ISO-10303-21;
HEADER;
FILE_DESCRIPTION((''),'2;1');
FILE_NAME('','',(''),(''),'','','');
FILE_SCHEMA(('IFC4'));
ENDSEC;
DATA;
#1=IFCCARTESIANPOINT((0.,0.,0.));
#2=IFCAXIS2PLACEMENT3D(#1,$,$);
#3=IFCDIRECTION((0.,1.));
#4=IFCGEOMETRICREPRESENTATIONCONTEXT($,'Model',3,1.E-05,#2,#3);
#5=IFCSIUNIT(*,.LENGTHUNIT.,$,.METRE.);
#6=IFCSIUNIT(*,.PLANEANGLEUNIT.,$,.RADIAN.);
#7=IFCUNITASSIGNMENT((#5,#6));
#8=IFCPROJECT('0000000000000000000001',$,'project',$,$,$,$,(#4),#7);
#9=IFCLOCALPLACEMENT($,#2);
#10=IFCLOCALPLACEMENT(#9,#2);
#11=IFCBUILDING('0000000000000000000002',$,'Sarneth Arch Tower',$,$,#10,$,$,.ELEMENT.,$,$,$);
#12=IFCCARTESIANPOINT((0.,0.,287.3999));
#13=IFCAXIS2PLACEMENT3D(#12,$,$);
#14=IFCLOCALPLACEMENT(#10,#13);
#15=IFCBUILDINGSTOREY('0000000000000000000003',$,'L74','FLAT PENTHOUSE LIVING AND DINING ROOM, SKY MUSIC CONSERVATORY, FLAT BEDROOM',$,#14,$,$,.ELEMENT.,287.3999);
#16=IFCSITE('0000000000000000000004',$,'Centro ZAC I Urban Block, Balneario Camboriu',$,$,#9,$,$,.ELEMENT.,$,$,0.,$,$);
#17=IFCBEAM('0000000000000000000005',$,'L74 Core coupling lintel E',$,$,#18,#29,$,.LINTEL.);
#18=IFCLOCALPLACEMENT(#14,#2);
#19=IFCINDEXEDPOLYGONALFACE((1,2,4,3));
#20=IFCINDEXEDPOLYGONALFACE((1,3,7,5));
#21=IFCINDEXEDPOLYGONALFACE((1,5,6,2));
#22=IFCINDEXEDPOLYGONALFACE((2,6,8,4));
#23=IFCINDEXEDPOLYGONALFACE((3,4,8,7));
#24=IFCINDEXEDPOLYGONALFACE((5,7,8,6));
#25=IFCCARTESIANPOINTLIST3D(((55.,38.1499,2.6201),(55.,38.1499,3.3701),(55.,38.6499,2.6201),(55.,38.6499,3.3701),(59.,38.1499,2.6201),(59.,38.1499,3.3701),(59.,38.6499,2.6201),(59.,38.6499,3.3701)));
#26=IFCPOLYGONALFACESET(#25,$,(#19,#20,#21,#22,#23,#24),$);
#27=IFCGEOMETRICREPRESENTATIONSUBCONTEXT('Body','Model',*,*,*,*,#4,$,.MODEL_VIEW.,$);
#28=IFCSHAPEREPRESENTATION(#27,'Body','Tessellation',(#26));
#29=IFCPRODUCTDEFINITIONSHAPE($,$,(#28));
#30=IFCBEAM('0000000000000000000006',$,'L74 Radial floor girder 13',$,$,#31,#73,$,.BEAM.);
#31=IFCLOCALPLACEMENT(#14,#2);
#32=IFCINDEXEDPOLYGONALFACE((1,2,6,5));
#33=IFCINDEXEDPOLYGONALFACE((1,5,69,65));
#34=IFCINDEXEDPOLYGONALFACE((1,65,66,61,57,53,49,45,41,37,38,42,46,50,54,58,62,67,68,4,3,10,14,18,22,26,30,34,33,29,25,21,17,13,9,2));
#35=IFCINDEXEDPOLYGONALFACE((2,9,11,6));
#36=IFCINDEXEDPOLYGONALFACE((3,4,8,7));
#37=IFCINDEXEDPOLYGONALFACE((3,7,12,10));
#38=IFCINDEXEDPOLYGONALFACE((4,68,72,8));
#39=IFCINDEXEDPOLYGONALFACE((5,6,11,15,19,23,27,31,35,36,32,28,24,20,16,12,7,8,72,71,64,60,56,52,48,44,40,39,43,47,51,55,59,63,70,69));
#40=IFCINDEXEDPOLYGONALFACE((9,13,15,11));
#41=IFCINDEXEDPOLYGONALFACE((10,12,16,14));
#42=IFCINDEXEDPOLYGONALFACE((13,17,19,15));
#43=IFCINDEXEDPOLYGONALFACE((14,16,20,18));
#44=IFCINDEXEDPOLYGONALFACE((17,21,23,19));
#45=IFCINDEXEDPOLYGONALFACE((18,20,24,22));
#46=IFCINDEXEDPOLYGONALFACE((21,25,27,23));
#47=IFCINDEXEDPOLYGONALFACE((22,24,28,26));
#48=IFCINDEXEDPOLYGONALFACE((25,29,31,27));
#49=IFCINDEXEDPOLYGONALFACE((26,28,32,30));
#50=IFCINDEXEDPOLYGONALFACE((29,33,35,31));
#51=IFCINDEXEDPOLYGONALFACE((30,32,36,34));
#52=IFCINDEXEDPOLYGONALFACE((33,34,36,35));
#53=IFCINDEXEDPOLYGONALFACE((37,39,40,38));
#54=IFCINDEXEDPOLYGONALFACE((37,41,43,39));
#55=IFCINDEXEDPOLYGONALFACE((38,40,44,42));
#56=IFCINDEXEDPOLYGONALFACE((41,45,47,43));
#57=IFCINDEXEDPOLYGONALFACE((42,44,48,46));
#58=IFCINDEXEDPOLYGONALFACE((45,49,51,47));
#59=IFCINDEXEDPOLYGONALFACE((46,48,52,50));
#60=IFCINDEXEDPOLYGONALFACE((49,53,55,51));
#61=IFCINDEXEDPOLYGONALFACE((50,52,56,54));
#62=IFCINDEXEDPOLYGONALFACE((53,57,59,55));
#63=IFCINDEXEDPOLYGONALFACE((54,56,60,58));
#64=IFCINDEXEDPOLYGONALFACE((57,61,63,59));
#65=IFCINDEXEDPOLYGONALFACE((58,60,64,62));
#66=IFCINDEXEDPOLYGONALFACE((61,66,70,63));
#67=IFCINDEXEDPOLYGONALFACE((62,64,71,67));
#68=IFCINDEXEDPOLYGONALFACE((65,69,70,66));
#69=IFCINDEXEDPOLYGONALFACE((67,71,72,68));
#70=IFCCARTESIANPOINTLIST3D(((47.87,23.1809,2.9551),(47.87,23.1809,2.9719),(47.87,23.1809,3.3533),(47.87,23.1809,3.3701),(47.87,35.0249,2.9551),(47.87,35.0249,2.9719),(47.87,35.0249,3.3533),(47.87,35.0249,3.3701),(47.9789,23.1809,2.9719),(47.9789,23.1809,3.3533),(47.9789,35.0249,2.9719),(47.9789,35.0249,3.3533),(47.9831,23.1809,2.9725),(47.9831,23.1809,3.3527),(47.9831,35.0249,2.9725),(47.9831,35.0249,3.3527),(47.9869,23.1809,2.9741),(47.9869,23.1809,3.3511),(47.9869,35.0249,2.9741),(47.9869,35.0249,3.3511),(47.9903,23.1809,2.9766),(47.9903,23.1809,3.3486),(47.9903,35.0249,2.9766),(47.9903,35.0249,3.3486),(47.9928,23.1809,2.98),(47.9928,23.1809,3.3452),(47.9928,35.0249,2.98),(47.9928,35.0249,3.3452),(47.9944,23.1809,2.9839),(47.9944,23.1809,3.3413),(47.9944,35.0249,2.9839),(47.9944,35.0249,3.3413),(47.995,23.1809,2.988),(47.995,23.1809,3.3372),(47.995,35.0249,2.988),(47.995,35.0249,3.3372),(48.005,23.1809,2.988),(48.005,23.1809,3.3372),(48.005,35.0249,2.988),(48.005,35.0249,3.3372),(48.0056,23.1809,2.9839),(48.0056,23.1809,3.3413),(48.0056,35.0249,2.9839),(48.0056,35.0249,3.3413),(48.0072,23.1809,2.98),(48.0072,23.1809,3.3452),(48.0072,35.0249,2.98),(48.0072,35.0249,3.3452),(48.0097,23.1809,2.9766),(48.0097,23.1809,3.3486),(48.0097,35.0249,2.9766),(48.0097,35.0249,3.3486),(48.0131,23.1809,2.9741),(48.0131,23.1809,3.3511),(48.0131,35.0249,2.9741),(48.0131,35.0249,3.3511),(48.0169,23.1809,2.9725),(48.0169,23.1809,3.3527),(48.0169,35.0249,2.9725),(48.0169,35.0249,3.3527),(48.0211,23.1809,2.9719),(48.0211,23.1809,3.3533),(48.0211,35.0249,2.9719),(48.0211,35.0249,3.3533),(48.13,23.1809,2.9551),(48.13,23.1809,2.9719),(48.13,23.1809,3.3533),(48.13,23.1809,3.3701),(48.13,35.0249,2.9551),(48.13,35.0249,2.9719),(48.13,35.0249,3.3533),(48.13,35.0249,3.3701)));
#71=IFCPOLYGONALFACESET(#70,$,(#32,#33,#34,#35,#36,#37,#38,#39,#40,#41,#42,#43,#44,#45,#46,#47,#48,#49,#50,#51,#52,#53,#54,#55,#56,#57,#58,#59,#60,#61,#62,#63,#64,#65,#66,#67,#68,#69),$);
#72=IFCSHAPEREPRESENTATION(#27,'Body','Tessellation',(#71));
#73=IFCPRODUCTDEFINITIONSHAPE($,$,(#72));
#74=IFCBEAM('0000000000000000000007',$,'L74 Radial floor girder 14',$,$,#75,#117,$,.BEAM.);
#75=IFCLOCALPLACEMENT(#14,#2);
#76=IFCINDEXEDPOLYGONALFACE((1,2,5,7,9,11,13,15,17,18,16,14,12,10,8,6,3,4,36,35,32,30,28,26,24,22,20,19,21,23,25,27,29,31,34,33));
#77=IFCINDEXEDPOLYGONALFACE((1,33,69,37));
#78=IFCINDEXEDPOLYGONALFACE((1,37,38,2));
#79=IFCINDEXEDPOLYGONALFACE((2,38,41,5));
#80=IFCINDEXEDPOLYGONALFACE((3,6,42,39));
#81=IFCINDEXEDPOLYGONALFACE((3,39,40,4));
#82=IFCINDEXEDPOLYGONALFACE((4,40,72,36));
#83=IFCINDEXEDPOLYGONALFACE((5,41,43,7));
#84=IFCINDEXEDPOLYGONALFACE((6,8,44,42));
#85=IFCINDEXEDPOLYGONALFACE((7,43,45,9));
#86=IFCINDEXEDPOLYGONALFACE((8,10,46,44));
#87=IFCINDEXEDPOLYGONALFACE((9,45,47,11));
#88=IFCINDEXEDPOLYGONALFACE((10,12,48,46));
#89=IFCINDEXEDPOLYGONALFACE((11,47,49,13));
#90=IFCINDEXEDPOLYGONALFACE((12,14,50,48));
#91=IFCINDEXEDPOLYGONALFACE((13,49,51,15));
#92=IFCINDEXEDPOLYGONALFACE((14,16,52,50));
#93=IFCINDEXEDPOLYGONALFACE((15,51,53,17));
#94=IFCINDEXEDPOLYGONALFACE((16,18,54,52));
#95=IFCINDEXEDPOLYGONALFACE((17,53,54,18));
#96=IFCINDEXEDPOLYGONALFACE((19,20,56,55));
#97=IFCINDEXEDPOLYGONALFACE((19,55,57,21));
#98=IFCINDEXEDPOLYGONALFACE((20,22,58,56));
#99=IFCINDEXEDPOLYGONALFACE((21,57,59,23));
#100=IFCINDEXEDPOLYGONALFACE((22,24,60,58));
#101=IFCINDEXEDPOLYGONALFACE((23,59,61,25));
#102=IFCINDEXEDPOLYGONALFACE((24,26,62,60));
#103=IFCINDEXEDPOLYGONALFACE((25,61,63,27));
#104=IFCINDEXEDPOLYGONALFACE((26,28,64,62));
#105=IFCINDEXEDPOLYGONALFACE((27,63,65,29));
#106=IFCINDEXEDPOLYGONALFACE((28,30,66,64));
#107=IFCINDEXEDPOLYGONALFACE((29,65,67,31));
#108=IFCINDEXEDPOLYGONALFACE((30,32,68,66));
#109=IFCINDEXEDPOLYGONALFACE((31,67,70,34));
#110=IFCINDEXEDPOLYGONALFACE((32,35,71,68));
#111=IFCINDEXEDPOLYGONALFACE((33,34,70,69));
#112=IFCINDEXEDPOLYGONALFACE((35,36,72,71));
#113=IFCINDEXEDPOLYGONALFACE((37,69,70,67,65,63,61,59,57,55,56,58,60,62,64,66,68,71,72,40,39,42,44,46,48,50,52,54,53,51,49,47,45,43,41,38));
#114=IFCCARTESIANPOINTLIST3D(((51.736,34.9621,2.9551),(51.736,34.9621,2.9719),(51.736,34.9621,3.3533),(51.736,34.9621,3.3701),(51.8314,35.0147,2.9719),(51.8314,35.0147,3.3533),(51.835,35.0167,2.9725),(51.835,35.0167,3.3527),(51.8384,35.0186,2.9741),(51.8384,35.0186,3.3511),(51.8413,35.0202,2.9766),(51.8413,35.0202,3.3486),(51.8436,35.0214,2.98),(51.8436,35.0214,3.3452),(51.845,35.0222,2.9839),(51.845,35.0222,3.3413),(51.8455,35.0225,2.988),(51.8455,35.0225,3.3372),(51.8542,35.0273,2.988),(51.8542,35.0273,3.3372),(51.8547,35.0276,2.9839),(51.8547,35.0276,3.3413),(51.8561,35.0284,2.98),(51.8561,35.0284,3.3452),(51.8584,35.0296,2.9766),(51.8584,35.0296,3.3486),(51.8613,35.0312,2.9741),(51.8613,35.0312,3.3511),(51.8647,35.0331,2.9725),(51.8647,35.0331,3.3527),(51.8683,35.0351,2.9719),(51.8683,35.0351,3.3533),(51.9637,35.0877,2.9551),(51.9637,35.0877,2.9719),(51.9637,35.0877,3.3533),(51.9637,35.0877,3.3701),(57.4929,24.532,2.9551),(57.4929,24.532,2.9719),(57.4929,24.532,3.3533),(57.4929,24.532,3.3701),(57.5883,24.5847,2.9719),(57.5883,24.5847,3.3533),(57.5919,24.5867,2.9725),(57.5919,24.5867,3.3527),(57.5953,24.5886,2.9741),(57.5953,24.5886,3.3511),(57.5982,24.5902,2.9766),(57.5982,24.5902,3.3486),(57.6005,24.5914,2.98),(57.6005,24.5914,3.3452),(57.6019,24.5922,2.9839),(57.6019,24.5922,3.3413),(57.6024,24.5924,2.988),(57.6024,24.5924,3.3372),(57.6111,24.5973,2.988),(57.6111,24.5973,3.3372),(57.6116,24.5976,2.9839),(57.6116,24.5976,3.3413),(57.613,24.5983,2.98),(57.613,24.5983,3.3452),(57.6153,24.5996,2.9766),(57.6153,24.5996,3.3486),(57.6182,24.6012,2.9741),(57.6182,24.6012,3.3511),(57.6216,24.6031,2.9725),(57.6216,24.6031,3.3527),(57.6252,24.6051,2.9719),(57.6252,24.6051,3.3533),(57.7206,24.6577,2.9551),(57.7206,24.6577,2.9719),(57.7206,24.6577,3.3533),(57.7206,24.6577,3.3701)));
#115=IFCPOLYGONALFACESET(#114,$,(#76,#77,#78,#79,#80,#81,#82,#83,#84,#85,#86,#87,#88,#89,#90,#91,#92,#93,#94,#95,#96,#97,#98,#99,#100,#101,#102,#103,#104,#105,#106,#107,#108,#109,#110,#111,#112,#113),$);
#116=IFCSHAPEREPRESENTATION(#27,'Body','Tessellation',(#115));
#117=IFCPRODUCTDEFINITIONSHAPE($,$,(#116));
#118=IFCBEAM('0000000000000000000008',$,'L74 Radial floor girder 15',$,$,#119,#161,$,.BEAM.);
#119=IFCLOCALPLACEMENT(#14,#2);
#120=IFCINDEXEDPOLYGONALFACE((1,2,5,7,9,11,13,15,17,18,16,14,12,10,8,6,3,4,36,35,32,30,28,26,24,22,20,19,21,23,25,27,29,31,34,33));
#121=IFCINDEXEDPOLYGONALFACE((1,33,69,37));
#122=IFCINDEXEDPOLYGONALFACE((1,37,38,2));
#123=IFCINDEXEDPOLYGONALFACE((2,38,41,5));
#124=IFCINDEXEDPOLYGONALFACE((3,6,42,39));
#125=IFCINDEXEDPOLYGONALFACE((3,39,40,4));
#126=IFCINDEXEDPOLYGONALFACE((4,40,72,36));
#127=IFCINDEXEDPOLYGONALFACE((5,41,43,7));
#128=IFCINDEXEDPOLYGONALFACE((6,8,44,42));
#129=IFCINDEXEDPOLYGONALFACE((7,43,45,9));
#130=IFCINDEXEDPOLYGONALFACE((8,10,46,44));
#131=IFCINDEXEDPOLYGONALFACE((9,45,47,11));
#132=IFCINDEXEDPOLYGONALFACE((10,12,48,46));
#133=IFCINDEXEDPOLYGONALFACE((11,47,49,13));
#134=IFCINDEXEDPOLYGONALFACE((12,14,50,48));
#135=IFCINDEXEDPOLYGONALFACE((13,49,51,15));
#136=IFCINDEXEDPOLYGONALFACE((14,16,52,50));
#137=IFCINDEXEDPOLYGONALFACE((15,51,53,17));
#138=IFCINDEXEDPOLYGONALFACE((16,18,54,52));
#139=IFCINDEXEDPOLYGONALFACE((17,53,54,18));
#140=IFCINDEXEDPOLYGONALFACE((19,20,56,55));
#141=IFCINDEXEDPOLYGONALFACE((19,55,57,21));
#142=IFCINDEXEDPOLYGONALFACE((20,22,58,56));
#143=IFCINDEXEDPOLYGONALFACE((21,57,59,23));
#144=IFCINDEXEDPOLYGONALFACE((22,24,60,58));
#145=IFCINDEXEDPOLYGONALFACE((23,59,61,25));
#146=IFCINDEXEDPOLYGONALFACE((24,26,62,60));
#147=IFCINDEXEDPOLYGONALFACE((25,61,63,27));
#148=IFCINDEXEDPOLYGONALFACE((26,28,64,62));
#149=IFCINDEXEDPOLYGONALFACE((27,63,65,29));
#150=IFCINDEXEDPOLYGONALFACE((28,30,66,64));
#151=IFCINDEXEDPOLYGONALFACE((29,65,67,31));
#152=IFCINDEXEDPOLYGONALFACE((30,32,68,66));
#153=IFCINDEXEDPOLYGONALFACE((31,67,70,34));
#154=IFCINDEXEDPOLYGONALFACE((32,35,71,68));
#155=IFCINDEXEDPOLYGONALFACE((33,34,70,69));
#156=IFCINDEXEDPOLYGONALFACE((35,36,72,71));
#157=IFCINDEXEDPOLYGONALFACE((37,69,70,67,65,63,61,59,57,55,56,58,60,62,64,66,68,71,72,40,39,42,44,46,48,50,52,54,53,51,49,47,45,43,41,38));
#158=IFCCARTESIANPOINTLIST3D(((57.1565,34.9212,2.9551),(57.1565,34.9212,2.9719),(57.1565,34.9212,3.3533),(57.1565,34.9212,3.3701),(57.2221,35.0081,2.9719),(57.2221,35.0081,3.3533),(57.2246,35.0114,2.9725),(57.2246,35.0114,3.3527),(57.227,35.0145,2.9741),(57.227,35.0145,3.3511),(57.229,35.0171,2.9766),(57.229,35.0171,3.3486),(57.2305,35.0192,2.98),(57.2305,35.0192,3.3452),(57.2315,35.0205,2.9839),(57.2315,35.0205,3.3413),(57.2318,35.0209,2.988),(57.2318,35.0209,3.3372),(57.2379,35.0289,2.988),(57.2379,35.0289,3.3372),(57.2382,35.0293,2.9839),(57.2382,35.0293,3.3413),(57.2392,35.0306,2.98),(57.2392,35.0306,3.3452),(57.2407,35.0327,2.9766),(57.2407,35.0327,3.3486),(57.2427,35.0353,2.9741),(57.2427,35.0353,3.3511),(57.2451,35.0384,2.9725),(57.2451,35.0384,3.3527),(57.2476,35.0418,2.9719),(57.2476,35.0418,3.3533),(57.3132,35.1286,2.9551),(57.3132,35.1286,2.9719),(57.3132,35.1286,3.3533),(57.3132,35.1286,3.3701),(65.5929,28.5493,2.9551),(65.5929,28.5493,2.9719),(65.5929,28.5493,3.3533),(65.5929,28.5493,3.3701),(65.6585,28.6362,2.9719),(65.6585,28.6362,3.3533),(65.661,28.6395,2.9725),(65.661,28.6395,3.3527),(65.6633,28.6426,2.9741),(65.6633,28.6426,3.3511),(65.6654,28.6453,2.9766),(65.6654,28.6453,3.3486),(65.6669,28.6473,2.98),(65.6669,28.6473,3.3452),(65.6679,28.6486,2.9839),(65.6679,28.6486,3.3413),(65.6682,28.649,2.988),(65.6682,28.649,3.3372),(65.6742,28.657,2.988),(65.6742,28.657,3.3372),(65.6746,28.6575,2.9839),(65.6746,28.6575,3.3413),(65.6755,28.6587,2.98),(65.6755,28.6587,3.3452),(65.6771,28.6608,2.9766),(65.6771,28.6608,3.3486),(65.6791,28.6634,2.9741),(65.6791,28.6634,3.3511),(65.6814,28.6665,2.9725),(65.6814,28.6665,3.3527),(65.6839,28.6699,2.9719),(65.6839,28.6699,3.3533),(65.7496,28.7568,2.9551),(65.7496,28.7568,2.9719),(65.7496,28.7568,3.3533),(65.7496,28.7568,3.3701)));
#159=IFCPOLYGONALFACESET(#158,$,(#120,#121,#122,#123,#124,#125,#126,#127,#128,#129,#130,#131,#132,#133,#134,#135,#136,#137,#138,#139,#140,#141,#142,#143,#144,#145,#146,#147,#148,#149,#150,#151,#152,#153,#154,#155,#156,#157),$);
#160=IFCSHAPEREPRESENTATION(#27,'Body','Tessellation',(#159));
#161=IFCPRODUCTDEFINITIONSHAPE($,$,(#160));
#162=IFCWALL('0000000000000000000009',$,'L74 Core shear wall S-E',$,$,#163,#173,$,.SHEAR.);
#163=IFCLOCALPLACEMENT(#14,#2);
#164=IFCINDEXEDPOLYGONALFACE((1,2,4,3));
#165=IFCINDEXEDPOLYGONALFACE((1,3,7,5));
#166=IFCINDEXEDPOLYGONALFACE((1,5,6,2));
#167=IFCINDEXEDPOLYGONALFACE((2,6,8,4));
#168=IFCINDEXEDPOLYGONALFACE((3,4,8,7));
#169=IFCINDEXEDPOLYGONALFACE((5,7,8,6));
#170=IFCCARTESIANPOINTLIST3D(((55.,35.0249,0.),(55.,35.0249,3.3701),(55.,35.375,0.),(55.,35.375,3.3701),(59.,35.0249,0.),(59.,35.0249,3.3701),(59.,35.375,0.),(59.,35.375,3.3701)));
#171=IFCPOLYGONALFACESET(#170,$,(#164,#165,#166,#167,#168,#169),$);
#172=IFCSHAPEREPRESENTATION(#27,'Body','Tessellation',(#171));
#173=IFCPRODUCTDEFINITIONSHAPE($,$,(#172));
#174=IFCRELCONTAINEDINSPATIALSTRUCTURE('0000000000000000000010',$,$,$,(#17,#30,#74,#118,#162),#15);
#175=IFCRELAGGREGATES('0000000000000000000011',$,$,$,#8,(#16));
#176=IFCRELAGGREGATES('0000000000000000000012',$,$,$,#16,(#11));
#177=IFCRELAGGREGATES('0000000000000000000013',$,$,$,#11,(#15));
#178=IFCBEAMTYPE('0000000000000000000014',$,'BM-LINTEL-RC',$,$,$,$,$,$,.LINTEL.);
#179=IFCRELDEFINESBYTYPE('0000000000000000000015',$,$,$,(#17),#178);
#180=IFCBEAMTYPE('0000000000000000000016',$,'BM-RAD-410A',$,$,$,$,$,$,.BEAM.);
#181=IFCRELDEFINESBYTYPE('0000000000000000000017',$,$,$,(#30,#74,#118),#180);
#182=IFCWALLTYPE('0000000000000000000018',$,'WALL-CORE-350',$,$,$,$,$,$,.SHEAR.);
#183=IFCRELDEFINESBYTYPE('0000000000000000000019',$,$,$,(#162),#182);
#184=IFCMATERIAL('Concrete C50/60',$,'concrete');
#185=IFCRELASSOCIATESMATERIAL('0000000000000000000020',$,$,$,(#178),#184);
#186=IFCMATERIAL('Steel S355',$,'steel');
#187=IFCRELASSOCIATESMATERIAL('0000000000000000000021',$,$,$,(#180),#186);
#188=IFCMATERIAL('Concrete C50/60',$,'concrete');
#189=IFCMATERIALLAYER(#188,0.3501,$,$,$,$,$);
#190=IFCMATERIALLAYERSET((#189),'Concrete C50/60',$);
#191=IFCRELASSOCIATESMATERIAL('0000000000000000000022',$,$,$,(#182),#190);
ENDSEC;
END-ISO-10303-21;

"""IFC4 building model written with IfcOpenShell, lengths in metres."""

from ifc_helpers import new_model, si_unit, direction, frame, frame_2d, origin, origin_2d, place, context, subcontext, project, spatial, rectangle, i_section, extrude, material, layer, layer_set, material_profile, profile_set, type_object, element, save


model = new_model("IFC4")

# Units and contexts
model_context = context("Model", 3, precision=1e-05, world=origin(), true_north=direction((0.0, 1.0)))
body_context = subcontext(model_context, "Body", "Model", "MODEL_VIEW")
ifc_project = project(units=[si_unit("LENGTHUNIT", "METRE"), si_unit("PLANEANGLEUNIT", "RADIAN")], contexts=[model_context])

# Site, building, storey
site_placement = place(None, origin())
site = spatial("IfcSite", under=ifc_project, at=site_placement, Name="Centro ZAC I Urban Block, Balneario Camboriu", CompositionType="ELEMENT", RefElevation=0.0)
building_placement = place(site_placement, origin())
building = spatial("IfcBuilding", under=site, at=building_placement, Name="Sarneth Arch Tower", CompositionType="ELEMENT")
storey_placement = place(building_placement, frame((0.0, 0.0, 287.3999)))
storey = spatial("IfcBuildingStorey", under=building, at=storey_placement, Name="L74", Description="FLAT PENTHOUSE LIVING AND DINING ROOM, SKY MUSIC CONSERVATORY, FLAT BEDROOM", CompositionType="ELEMENT", Elevation=287.3999)

# Beams
ifc_material_1 = material(Name="Concrete C50/60", Category="concrete")
ifc_material_profile_1 = material_profile(ifc_material_1, rectangle(XDim=0.5, YDim=0.75, at=origin_2d()), Name="RC-500x750")
ifc_profile_set_1 = profile_set([ifc_material_profile_1], Name="Concrete C50/60")
beam_type_1 = type_object("IfcBeamType", Name="BM-LINTEL-RC", PredefinedType="LINTEL", material=ifc_profile_set_1)
beam_1_placement = place(storey_placement, frame((55.0, 38.3999, 2.9951), z_axis=(1.0, 0.0, 0.0), x_axis=(0.0, 1.0, 0.0)))
element("IfcBeam", 1, at=beam_1_placement, inside=storey, type_object=beam_type_1, Name="L74 Core coupling lintel E", PredefinedType="LINTEL", context=body_context, shape_type="SweptSolid", body=[
    extrude(rectangle(XDim=0.5, YDim=0.75, at=origin_2d()), origin(), (0.0, 0.0, 1.0), 4.0),
])
ifc_material_2 = material(Name="Steel S355", Category="steel")
ifc_material_profile_2 = material_profile(ifc_material_2, i_section(OverallWidth=0.26, OverallDepth=0.415, WebThickness=0.01, FlangeThickness=0.0168, FilletRadius=0.0161, at=origin_2d()), Name="W410x100")
ifc_profile_set_2 = profile_set([ifc_material_profile_2], Name="Steel S355")
beam_type_2 = type_object("IfcBeamType", Name="BM-RAD-410A", PredefinedType="BEAM", material=ifc_profile_set_2)
beam_2_placement = place(storey_placement, frame((48.0, 35.0249, 3.1626), z_axis=(0.0, -1.0, 0.0), x_axis=(1.0, 0.0, 0.0)))
element("IfcBeam", 2, at=beam_2_placement, inside=storey, type_object=beam_type_2, Name="L74 Radial floor girder 13", PredefinedType="BEAM", context=body_context, shape_type="SweptSolid", body=[
    extrude(i_section(OverallWidth=0.26, OverallDepth=0.415, WebThickness=0.01, FlangeThickness=0.0168, FilletRadius=0.0161, at=origin_2d()), origin(), (0.0, 0.0, 1.0), 11.844),
])
beam_3_placement = place(storey_placement, frame((51.8499, 35.0249, 3.1626), z_axis=(0.483231, -0.875493, 0.0), x_axis=(0.875493, 0.483231, 0.0)))
element("IfcBeam", 3, at=beam_3_placement, inside=storey, type_object=beam_type_2, Name="L74 Radial floor girder 14", PredefinedType="BEAM", context=body_context, shape_type="SweptSolid", body=[
    extrude(i_section(OverallWidth=0.26, OverallDepth=0.415, WebThickness=0.01, FlangeThickness=0.0168, FilletRadius=0.0161, at=origin_2d()), origin(), (0.0, 0.0, 1.0), 11.9133),
])
beam_4_placement = place(storey_placement, frame((57.2349, 35.0249, 3.1626), z_axis=(0.79797, -0.602698, 0.0), x_axis=(0.602698, 0.79797, 0.0)))
element("IfcBeam", 4, at=beam_4_placement, inside=storey, type_object=beam_type_2, Name="L74 Radial floor girder 15", PredefinedType="BEAM", context=body_context, shape_type="SweptSolid", body=[
    extrude(i_section(OverallWidth=0.26, OverallDepth=0.415, WebThickness=0.01, FlangeThickness=0.0168, FilletRadius=0.0161, at=origin_2d()), origin(), (0.0, 0.0, 1.0), 10.5723),
])

# Wall
ifc_material_3 = material(Name="Concrete C50/60", Category="concrete")
ifc_layer_1 = layer(ifc_material_3, 0.3501)
ifc_layer_set_1 = layer_set([ifc_layer_1], Name="Concrete C50/60")
wall_type_1 = type_object("IfcWallType", Name="WALL-CORE-350", PredefinedType="SHEAR", material=ifc_layer_set_1)
wall_1_placement = place(storey_placement, frame((55.0, 35.2, 0.0), z_axis=(0.0, 0.0, 1.0), x_axis=(1.0, 0.0, 0.0)))
element("IfcWall", 5, at=wall_1_placement, inside=storey, type_object=wall_type_1, Name="L74 Core shear wall S-E", PredefinedType="SHEAR", context=body_context, shape_type="SweptSolid", body=[
    extrude(rectangle(XDim=4.0, YDim=0.3501, at=frame_2d((2.0, 0.0))), origin(), (0.0, 0.0, 1.0), 3.3701),
])

save(model, "model.ifc")
